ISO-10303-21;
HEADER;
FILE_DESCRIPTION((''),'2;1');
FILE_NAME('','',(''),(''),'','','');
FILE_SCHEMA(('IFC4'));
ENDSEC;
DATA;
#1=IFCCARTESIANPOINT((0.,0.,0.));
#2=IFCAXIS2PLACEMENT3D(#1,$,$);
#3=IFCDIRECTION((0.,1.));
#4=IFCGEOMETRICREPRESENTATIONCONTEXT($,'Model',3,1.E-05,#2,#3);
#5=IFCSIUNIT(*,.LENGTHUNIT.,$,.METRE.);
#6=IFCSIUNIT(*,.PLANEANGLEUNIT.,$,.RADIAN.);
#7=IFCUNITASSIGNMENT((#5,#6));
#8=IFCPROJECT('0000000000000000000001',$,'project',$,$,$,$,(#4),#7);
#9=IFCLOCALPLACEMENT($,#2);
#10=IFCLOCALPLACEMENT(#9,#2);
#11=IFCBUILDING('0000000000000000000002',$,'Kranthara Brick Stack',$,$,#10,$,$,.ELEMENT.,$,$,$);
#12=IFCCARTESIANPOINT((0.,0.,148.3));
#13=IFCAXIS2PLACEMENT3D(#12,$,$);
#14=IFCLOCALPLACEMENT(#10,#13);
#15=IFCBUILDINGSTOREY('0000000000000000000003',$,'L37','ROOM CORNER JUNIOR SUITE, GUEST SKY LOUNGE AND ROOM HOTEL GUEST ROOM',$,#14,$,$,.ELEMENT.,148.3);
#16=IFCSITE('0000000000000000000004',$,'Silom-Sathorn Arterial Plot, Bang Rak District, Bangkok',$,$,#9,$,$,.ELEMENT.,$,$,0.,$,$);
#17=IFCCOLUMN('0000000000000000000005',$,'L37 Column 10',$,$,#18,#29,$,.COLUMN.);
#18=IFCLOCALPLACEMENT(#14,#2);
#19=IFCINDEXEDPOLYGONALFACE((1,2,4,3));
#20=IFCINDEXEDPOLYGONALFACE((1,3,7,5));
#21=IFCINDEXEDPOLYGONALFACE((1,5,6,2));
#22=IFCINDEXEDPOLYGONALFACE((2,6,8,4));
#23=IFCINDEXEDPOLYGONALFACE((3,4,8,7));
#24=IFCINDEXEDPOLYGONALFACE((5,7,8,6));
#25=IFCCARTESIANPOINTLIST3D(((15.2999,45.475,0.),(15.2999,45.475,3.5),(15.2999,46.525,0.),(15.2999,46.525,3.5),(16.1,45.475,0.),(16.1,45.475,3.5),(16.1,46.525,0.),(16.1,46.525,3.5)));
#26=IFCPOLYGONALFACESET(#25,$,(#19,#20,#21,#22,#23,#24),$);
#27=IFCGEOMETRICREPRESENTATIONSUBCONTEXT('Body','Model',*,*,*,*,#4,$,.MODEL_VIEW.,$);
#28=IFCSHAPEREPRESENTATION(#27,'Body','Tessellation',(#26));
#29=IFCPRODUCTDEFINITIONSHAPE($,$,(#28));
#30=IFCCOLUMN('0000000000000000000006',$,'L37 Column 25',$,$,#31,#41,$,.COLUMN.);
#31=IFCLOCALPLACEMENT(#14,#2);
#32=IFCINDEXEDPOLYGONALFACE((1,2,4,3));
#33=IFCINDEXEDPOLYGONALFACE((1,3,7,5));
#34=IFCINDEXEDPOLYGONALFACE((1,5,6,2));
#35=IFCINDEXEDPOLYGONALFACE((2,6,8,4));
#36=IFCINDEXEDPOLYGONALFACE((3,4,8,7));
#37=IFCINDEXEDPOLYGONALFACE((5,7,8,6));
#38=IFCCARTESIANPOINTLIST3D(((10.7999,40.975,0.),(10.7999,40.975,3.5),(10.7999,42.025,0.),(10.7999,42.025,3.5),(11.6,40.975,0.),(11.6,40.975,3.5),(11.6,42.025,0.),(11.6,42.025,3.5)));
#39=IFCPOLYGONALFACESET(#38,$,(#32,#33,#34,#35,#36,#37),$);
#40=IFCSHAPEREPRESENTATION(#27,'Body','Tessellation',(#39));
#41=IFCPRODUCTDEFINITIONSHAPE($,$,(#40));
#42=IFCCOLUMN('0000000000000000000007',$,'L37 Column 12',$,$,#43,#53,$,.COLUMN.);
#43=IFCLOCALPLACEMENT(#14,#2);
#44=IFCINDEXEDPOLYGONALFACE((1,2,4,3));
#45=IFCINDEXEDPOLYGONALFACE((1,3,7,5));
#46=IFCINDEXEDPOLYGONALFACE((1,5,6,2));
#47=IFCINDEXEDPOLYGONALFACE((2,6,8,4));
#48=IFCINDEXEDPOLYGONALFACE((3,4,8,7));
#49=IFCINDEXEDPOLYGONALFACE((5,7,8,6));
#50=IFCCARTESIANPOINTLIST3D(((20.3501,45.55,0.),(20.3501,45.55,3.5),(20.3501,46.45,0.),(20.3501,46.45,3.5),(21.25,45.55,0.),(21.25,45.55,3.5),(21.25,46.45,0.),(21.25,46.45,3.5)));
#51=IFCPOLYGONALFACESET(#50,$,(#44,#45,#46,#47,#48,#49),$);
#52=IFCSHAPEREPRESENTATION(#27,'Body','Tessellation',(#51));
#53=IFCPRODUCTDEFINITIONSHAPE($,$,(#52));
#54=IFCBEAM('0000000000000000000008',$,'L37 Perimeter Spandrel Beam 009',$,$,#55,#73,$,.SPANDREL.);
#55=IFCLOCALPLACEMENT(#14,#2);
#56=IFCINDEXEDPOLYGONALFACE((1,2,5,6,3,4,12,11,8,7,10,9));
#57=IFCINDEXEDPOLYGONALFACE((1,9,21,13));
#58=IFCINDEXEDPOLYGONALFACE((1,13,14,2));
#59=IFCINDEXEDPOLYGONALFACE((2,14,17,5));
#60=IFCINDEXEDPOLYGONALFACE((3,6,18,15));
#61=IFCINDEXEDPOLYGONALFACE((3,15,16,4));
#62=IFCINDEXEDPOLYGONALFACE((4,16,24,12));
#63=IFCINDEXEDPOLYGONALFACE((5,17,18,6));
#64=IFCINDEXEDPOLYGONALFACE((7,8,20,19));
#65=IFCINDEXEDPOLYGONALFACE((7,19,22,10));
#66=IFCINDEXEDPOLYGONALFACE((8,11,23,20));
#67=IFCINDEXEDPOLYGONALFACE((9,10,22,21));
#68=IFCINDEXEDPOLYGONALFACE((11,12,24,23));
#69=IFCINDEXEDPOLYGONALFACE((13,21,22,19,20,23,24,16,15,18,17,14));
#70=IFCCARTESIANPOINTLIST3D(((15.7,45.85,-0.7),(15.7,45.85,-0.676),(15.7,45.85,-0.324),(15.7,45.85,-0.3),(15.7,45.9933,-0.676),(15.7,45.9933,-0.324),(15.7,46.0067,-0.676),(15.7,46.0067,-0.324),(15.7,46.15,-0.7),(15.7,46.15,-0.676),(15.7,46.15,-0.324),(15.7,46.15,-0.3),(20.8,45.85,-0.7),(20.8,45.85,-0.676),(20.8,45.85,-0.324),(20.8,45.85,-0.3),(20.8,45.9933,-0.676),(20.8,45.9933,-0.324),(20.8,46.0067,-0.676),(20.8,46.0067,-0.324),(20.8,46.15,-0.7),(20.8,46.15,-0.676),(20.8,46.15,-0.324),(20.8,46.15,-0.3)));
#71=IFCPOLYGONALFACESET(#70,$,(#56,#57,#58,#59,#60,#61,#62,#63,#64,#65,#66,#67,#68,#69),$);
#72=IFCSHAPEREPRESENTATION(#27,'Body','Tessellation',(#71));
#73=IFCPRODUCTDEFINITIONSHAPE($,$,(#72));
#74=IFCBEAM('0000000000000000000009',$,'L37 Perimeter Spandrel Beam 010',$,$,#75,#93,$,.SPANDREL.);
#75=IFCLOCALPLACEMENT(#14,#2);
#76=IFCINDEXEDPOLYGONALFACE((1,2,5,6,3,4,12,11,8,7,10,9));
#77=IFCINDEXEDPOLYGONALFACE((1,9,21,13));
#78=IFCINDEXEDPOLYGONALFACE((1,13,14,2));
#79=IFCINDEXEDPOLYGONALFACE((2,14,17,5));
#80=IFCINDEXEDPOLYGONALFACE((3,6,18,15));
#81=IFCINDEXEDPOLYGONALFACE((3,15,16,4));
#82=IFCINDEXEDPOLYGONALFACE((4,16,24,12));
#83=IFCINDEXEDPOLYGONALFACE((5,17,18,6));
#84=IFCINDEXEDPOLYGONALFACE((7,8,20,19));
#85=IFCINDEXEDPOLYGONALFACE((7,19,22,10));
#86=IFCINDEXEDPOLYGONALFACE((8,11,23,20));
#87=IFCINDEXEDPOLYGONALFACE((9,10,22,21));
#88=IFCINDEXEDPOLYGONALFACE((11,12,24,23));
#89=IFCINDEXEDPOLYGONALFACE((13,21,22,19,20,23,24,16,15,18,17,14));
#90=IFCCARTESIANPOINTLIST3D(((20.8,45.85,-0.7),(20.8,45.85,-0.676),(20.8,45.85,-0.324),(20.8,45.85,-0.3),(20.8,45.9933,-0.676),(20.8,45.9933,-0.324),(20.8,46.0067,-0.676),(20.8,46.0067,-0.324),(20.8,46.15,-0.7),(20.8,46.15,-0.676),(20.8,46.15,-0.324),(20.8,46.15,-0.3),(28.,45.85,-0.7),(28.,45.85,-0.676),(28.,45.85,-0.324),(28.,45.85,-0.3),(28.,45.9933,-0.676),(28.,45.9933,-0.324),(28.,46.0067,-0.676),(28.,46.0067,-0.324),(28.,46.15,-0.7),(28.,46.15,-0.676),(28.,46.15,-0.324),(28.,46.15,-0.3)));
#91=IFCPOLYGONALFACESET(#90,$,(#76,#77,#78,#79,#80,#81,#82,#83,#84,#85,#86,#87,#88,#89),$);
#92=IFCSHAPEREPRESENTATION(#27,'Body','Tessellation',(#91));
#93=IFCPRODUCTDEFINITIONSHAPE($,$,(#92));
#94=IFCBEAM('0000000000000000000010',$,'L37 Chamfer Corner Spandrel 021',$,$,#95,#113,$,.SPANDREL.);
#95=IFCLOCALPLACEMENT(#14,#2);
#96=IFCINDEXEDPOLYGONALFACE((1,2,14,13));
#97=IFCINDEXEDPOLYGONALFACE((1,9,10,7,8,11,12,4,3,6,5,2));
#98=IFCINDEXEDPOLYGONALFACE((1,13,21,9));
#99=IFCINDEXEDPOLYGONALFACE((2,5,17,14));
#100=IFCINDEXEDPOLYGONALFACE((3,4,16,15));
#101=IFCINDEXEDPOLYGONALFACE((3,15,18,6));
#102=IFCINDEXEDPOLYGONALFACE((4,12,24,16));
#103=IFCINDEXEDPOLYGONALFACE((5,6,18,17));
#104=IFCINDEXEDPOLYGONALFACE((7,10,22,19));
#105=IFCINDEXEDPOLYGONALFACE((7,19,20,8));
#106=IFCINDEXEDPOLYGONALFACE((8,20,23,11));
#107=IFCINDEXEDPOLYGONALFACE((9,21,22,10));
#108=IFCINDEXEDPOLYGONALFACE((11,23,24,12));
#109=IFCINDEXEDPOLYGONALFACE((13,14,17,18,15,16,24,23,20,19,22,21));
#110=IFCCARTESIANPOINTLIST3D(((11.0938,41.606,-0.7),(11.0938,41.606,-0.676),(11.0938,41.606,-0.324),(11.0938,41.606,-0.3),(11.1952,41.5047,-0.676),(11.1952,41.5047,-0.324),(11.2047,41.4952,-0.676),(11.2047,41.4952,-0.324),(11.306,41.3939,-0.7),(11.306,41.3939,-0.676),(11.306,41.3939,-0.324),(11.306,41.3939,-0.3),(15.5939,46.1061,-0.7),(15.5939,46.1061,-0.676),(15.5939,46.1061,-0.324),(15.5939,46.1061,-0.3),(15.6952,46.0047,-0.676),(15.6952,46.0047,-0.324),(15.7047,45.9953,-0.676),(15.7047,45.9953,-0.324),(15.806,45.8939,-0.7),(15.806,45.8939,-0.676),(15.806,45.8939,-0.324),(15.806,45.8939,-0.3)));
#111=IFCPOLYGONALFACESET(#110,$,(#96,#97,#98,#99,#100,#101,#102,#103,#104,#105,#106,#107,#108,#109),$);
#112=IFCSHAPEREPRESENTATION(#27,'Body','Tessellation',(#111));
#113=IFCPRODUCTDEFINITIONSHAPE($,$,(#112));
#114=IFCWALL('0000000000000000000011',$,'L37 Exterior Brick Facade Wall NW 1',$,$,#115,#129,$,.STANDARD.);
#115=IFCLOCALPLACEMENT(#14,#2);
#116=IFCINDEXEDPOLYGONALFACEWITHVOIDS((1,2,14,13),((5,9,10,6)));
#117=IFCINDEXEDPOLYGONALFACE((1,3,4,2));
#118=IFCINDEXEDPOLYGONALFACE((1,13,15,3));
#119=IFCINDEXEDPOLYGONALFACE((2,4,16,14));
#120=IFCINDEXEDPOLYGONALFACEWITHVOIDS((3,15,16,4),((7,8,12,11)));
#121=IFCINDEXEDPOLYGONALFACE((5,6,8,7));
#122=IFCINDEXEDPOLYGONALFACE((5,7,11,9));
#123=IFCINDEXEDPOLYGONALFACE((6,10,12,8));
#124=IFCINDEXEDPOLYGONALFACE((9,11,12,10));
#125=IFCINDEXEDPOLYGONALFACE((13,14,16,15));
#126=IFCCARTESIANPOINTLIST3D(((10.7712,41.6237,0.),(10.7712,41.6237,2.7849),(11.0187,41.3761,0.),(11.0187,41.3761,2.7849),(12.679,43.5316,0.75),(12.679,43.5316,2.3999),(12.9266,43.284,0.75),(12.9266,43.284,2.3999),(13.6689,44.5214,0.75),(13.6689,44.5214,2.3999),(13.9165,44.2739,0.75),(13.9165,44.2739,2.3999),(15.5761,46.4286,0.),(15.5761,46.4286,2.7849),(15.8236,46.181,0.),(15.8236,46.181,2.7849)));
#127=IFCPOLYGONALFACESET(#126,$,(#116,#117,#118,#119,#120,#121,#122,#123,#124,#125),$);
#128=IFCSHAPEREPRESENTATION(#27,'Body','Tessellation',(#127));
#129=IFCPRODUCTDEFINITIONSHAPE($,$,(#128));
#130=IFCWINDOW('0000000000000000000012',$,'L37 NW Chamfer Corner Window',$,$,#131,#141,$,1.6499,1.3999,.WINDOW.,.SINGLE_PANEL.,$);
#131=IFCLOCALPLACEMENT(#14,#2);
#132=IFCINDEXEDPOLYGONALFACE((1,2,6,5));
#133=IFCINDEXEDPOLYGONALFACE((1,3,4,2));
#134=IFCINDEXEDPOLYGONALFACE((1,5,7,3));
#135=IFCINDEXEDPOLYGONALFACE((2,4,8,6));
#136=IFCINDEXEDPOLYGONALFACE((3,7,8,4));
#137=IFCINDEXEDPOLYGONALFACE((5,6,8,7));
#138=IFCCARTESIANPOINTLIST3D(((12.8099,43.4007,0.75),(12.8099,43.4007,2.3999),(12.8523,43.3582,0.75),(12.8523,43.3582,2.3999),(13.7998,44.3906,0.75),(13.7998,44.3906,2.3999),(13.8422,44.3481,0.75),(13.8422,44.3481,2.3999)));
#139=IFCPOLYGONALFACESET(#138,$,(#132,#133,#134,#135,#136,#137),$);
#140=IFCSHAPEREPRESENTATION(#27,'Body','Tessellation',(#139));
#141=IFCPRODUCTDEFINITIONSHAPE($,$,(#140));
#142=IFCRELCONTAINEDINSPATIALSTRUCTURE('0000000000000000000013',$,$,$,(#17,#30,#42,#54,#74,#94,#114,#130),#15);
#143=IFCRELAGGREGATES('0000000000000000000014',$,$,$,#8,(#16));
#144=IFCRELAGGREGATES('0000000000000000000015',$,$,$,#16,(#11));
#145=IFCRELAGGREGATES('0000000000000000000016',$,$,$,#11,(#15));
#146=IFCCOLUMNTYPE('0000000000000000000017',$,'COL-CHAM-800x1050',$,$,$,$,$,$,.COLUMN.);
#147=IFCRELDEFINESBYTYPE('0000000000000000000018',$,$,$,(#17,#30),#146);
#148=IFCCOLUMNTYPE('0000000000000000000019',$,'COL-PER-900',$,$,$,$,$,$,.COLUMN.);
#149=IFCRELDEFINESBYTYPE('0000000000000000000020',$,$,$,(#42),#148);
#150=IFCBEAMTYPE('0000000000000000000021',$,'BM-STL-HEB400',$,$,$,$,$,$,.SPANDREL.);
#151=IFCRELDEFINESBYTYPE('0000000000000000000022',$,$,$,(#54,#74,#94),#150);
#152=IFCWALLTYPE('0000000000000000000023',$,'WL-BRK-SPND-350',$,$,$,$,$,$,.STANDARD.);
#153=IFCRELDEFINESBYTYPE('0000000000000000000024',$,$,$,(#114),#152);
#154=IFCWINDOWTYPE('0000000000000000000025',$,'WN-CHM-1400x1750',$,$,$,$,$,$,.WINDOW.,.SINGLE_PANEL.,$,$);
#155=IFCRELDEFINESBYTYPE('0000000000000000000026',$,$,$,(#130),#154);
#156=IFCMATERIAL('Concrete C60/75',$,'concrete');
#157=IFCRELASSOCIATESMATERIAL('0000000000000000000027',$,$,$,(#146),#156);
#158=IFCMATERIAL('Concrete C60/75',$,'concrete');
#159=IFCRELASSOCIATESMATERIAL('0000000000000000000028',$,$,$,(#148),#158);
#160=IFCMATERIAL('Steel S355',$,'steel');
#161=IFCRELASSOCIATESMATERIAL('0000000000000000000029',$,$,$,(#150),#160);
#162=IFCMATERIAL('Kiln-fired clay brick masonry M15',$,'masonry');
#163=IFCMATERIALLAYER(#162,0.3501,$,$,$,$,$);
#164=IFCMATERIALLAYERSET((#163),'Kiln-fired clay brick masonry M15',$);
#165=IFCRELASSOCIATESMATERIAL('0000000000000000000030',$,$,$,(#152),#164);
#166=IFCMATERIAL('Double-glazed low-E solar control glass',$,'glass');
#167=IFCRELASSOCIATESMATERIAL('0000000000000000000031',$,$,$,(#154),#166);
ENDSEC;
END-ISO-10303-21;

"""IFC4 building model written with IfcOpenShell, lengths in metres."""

from ifc_helpers import new_model, si_unit, direction, frame, frame_2d, origin, origin_2d, place, context, subcontext, project, spatial, rectangle, i_section, extrude, material, layer, layer_set, material_profile, profile_set, type_object, element, fill, save


model = new_model("IFC4")

# Units and contexts
model_context = context("Model", 3, precision=1e-05, world=origin(), true_north=direction((0.0, 1.0)))
body_context = subcontext(model_context, "Body", "Model", "MODEL_VIEW")
ifc_project = project(units=[si_unit("LENGTHUNIT", "METRE"), si_unit("PLANEANGLEUNIT", "RADIAN")], contexts=[model_context])

# Site, building, storey
site_placement = place(None, origin())
site = spatial("IfcSite", under=ifc_project, at=site_placement, Name="Silom-Sathorn Arterial Plot, Bang Rak District, Bangkok", CompositionType="ELEMENT", RefElevation=0.0)
building_placement = place(site_placement, origin())
building = spatial("IfcBuilding", under=site, at=building_placement, Name="Kranthara Brick Stack", CompositionType="ELEMENT")
storey_placement = place(building_placement, frame((0.0, 0.0, 148.3)))
storey = spatial("IfcBuildingStorey", under=building, at=storey_placement, Name="L37", Description="ROOM CORNER JUNIOR SUITE, GUEST SKY LOUNGE AND ROOM HOTEL GUEST ROOM", CompositionType="ELEMENT", Elevation=148.3)

# Columns
ifc_material_1 = material(Name="Concrete C60/75", Category="concrete")
ifc_material_profile_1 = material_profile(ifc_material_1, rectangle(XDim=0.8, YDim=1.05, at=origin_2d()), Name="RC 800x1050")
ifc_profile_set_1 = profile_set([ifc_material_profile_1], Name="Concrete C60/75")
column_type_1 = type_object("IfcColumnType", Name="COL-CHAM-800x1050", PredefinedType="COLUMN", material=ifc_profile_set_1)
for number, where, z_axis, x_axis, name in (
    (1, (15.7, 46.0, 0.0), (0.0, 0.0, 1.0), (1.0, 0.0, 0.0), "L37 Column 10"),
    (2, (11.2, 41.5, 0.0), (0.0, 0.0, 1.0), (1.0, 0.0, 0.0), "L37 Column 25"),
):
    element("IfcColumn", number, at=place(storey_placement, frame(where, z_axis=z_axis, x_axis=x_axis)), inside=storey, type_object=column_type_1, Name=name, PredefinedType="COLUMN", context=body_context, shape_type="SweptSolid", body=[
        extrude(rectangle(XDim=0.8, YDim=1.05, at=origin_2d()), origin(), (0.0, 0.0, 1.0), 3.5),
    ])
ifc_material_2 = material(Name="Concrete C60/75", Category="concrete")
ifc_material_profile_2 = material_profile(ifc_material_2, rectangle(XDim=0.8999, YDim=0.8999, at=origin_2d()), Name="RC 900x900")
ifc_profile_set_2 = profile_set([ifc_material_profile_2], Name="Concrete C60/75")
column_type_2 = type_object("IfcColumnType", Name="COL-PER-900", PredefinedType="COLUMN", material=ifc_profile_set_2)
column_placement = place(storey_placement, frame((20.8, 46.0, 0.0), z_axis=(0.0, 0.0, 1.0), x_axis=(1.0, 0.0, 0.0)))
element("IfcColumn", 3, at=column_placement, inside=storey, type_object=column_type_2, Name="L37 Column 12", PredefinedType="COLUMN", context=body_context, shape_type="SweptSolid", body=[
    extrude(rectangle(XDim=0.8999, YDim=0.8999, at=origin_2d()), origin(), (0.0, 0.0, 1.0), 3.5),
])

# Beams
ifc_material_3 = material(Name="Steel S355", Category="steel")
ifc_material_profile_3 = material_profile(ifc_material_3, i_section(OverallWidth=0.3, OverallDepth=0.3999, WebThickness=0.0134, FlangeThickness=0.0239, at=origin_2d()), Name="HEB 400")
ifc_profile_set_3 = profile_set([ifc_material_profile_3], Name="Steel S355")
beam_type = type_object("IfcBeamType", Name="BM-STL-HEB400", PredefinedType="SPANDREL", material=ifc_profile_set_3)
beam_1_placement = place(storey_placement, frame((15.7, 46.0, -0.5), z_axis=(1.0, 0.0, 0.0), x_axis=(0.0, 1.0, 0.0)))
element("IfcBeam", 4, at=beam_1_placement, inside=storey, type_object=beam_type, Name="L37 Perimeter Spandrel Beam 009", PredefinedType="SPANDREL", context=body_context, shape_type="SweptSolid", body=[
    extrude(i_section(OverallWidth=0.3, OverallDepth=0.3999, WebThickness=0.0134, FlangeThickness=0.0239, at=origin_2d()), origin(), (0.0, 0.0, 1.0), 5.1001),
])
beam_2_placement = place(storey_placement, frame((20.8, 46.0, -0.5), z_axis=(1.0, 0.0, 0.0), x_axis=(0.0, 1.0, 0.0)))
element("IfcBeam", 5, at=beam_2_placement, inside=storey, type_object=beam_type, Name="L37 Perimeter Spandrel Beam 010", PredefinedType="SPANDREL", context=body_context, shape_type="SweptSolid", body=[
    extrude(i_section(OverallWidth=0.3, OverallDepth=0.3999, WebThickness=0.0134, FlangeThickness=0.0239, at=origin_2d()), origin(), (0.0, 0.0, 1.0), 7.2),
])
beam_3_placement = place(storey_placement, frame((15.7, 46.0, -0.5), z_axis=(-0.707107, -0.707107, 0.0), x_axis=(0.707107, -0.707107, 0.0)))
element("IfcBeam", 6, at=beam_3_placement, inside=storey, type_object=beam_type, Name="L37 Chamfer Corner Spandrel 021", PredefinedType="SPANDREL", context=body_context, shape_type="SweptSolid", body=[
    extrude(i_section(OverallWidth=0.3, OverallDepth=0.3999, WebThickness=0.0134, FlangeThickness=0.0239, at=origin_2d()), origin(), (0.0, 0.0, 1.0), 6.364),
])

# Wall, opening, window
ifc_material_4 = material(Name="Kiln-fired clay brick masonry M15", Category="masonry")
ifc_layer_1 = layer(ifc_material_4, 0.3501)
ifc_layer_set_1 = layer_set([ifc_layer_1], Name="Kiln-fired clay brick masonry M15")
wall_type_1 = type_object("IfcWallType", Name="WL-BRK-SPND-350", PredefinedType="STANDARD", material=ifc_layer_set_1)
wall_1_placement = place(storey_placement, frame((10.895, 41.5, 0.0), z_axis=(0.0, 0.0, 1.0), x_axis=(0.707107, 0.707107, 0.0)))
wall_1 = element("IfcWall", 7, at=wall_1_placement, inside=storey, type_object=wall_type_1, Name="L37 Exterior Brick Facade Wall NW 1", PredefinedType="STANDARD", context=body_context, shape_type="SweptSolid", body=[
    extrude(rectangle(XDim=6.7952, YDim=0.3501, at=frame_2d((3.3975, 0.0))), origin(), (0.0, 0.0, 1.0), 2.7849),
])
opening_1_placement = place(wall_1_placement, frame((2.698, 0.0, 0.75)))
opening_1 = element("IfcOpeningElement", 8, at=opening_1_placement, cuts=wall_1, PredefinedType="OPENING", context=body_context, shape_type="SweptSolid", body=[
    extrude(rectangle(XDim=1.3999, YDim=1.6499, at=frame_2d((0.7, 0.825))), frame((0.0, 0.1851, 0.0), z_axis=(0.0, -1.0, 0.0), x_axis=(1.0, 0.0, 0.0)), (0.0, 0.0, 1.0), 0.3701),
])
ifc_material_5 = material(Name="Double-glazed low-E solar control glass", Category="glass")
window_type_1 = type_object("IfcWindowType", Name="WN-CHM-1400x1750", PartitioningType="SINGLE_PANEL", PredefinedType="WINDOW", material=ifc_material_5)
window_1_placement = place(opening_1_placement, origin())
window_1 = element("IfcWindow", 9, at=window_1_placement, inside=storey, type_object=window_type_1, Name="L37 NW Chamfer Corner Window", OverallHeight=1.6499, OverallWidth=1.3999, PartitioningType="SINGLE_PANEL", PredefinedType="WINDOW", context=body_context, shape_type="SweptSolid", body=[
    extrude(rectangle(XDim=1.3999, YDim=1.6499, at=frame_2d((0.7, 0.825))), frame((0.0, -0.01, 0.0), z_axis=(0.0, -1.0, 0.0), x_axis=(1.0, 0.0, 0.0)), (0.0, 0.0, 1.0), 0.0601),
])
fill(opening_1, window_1)

save(model, "model.ifc")
